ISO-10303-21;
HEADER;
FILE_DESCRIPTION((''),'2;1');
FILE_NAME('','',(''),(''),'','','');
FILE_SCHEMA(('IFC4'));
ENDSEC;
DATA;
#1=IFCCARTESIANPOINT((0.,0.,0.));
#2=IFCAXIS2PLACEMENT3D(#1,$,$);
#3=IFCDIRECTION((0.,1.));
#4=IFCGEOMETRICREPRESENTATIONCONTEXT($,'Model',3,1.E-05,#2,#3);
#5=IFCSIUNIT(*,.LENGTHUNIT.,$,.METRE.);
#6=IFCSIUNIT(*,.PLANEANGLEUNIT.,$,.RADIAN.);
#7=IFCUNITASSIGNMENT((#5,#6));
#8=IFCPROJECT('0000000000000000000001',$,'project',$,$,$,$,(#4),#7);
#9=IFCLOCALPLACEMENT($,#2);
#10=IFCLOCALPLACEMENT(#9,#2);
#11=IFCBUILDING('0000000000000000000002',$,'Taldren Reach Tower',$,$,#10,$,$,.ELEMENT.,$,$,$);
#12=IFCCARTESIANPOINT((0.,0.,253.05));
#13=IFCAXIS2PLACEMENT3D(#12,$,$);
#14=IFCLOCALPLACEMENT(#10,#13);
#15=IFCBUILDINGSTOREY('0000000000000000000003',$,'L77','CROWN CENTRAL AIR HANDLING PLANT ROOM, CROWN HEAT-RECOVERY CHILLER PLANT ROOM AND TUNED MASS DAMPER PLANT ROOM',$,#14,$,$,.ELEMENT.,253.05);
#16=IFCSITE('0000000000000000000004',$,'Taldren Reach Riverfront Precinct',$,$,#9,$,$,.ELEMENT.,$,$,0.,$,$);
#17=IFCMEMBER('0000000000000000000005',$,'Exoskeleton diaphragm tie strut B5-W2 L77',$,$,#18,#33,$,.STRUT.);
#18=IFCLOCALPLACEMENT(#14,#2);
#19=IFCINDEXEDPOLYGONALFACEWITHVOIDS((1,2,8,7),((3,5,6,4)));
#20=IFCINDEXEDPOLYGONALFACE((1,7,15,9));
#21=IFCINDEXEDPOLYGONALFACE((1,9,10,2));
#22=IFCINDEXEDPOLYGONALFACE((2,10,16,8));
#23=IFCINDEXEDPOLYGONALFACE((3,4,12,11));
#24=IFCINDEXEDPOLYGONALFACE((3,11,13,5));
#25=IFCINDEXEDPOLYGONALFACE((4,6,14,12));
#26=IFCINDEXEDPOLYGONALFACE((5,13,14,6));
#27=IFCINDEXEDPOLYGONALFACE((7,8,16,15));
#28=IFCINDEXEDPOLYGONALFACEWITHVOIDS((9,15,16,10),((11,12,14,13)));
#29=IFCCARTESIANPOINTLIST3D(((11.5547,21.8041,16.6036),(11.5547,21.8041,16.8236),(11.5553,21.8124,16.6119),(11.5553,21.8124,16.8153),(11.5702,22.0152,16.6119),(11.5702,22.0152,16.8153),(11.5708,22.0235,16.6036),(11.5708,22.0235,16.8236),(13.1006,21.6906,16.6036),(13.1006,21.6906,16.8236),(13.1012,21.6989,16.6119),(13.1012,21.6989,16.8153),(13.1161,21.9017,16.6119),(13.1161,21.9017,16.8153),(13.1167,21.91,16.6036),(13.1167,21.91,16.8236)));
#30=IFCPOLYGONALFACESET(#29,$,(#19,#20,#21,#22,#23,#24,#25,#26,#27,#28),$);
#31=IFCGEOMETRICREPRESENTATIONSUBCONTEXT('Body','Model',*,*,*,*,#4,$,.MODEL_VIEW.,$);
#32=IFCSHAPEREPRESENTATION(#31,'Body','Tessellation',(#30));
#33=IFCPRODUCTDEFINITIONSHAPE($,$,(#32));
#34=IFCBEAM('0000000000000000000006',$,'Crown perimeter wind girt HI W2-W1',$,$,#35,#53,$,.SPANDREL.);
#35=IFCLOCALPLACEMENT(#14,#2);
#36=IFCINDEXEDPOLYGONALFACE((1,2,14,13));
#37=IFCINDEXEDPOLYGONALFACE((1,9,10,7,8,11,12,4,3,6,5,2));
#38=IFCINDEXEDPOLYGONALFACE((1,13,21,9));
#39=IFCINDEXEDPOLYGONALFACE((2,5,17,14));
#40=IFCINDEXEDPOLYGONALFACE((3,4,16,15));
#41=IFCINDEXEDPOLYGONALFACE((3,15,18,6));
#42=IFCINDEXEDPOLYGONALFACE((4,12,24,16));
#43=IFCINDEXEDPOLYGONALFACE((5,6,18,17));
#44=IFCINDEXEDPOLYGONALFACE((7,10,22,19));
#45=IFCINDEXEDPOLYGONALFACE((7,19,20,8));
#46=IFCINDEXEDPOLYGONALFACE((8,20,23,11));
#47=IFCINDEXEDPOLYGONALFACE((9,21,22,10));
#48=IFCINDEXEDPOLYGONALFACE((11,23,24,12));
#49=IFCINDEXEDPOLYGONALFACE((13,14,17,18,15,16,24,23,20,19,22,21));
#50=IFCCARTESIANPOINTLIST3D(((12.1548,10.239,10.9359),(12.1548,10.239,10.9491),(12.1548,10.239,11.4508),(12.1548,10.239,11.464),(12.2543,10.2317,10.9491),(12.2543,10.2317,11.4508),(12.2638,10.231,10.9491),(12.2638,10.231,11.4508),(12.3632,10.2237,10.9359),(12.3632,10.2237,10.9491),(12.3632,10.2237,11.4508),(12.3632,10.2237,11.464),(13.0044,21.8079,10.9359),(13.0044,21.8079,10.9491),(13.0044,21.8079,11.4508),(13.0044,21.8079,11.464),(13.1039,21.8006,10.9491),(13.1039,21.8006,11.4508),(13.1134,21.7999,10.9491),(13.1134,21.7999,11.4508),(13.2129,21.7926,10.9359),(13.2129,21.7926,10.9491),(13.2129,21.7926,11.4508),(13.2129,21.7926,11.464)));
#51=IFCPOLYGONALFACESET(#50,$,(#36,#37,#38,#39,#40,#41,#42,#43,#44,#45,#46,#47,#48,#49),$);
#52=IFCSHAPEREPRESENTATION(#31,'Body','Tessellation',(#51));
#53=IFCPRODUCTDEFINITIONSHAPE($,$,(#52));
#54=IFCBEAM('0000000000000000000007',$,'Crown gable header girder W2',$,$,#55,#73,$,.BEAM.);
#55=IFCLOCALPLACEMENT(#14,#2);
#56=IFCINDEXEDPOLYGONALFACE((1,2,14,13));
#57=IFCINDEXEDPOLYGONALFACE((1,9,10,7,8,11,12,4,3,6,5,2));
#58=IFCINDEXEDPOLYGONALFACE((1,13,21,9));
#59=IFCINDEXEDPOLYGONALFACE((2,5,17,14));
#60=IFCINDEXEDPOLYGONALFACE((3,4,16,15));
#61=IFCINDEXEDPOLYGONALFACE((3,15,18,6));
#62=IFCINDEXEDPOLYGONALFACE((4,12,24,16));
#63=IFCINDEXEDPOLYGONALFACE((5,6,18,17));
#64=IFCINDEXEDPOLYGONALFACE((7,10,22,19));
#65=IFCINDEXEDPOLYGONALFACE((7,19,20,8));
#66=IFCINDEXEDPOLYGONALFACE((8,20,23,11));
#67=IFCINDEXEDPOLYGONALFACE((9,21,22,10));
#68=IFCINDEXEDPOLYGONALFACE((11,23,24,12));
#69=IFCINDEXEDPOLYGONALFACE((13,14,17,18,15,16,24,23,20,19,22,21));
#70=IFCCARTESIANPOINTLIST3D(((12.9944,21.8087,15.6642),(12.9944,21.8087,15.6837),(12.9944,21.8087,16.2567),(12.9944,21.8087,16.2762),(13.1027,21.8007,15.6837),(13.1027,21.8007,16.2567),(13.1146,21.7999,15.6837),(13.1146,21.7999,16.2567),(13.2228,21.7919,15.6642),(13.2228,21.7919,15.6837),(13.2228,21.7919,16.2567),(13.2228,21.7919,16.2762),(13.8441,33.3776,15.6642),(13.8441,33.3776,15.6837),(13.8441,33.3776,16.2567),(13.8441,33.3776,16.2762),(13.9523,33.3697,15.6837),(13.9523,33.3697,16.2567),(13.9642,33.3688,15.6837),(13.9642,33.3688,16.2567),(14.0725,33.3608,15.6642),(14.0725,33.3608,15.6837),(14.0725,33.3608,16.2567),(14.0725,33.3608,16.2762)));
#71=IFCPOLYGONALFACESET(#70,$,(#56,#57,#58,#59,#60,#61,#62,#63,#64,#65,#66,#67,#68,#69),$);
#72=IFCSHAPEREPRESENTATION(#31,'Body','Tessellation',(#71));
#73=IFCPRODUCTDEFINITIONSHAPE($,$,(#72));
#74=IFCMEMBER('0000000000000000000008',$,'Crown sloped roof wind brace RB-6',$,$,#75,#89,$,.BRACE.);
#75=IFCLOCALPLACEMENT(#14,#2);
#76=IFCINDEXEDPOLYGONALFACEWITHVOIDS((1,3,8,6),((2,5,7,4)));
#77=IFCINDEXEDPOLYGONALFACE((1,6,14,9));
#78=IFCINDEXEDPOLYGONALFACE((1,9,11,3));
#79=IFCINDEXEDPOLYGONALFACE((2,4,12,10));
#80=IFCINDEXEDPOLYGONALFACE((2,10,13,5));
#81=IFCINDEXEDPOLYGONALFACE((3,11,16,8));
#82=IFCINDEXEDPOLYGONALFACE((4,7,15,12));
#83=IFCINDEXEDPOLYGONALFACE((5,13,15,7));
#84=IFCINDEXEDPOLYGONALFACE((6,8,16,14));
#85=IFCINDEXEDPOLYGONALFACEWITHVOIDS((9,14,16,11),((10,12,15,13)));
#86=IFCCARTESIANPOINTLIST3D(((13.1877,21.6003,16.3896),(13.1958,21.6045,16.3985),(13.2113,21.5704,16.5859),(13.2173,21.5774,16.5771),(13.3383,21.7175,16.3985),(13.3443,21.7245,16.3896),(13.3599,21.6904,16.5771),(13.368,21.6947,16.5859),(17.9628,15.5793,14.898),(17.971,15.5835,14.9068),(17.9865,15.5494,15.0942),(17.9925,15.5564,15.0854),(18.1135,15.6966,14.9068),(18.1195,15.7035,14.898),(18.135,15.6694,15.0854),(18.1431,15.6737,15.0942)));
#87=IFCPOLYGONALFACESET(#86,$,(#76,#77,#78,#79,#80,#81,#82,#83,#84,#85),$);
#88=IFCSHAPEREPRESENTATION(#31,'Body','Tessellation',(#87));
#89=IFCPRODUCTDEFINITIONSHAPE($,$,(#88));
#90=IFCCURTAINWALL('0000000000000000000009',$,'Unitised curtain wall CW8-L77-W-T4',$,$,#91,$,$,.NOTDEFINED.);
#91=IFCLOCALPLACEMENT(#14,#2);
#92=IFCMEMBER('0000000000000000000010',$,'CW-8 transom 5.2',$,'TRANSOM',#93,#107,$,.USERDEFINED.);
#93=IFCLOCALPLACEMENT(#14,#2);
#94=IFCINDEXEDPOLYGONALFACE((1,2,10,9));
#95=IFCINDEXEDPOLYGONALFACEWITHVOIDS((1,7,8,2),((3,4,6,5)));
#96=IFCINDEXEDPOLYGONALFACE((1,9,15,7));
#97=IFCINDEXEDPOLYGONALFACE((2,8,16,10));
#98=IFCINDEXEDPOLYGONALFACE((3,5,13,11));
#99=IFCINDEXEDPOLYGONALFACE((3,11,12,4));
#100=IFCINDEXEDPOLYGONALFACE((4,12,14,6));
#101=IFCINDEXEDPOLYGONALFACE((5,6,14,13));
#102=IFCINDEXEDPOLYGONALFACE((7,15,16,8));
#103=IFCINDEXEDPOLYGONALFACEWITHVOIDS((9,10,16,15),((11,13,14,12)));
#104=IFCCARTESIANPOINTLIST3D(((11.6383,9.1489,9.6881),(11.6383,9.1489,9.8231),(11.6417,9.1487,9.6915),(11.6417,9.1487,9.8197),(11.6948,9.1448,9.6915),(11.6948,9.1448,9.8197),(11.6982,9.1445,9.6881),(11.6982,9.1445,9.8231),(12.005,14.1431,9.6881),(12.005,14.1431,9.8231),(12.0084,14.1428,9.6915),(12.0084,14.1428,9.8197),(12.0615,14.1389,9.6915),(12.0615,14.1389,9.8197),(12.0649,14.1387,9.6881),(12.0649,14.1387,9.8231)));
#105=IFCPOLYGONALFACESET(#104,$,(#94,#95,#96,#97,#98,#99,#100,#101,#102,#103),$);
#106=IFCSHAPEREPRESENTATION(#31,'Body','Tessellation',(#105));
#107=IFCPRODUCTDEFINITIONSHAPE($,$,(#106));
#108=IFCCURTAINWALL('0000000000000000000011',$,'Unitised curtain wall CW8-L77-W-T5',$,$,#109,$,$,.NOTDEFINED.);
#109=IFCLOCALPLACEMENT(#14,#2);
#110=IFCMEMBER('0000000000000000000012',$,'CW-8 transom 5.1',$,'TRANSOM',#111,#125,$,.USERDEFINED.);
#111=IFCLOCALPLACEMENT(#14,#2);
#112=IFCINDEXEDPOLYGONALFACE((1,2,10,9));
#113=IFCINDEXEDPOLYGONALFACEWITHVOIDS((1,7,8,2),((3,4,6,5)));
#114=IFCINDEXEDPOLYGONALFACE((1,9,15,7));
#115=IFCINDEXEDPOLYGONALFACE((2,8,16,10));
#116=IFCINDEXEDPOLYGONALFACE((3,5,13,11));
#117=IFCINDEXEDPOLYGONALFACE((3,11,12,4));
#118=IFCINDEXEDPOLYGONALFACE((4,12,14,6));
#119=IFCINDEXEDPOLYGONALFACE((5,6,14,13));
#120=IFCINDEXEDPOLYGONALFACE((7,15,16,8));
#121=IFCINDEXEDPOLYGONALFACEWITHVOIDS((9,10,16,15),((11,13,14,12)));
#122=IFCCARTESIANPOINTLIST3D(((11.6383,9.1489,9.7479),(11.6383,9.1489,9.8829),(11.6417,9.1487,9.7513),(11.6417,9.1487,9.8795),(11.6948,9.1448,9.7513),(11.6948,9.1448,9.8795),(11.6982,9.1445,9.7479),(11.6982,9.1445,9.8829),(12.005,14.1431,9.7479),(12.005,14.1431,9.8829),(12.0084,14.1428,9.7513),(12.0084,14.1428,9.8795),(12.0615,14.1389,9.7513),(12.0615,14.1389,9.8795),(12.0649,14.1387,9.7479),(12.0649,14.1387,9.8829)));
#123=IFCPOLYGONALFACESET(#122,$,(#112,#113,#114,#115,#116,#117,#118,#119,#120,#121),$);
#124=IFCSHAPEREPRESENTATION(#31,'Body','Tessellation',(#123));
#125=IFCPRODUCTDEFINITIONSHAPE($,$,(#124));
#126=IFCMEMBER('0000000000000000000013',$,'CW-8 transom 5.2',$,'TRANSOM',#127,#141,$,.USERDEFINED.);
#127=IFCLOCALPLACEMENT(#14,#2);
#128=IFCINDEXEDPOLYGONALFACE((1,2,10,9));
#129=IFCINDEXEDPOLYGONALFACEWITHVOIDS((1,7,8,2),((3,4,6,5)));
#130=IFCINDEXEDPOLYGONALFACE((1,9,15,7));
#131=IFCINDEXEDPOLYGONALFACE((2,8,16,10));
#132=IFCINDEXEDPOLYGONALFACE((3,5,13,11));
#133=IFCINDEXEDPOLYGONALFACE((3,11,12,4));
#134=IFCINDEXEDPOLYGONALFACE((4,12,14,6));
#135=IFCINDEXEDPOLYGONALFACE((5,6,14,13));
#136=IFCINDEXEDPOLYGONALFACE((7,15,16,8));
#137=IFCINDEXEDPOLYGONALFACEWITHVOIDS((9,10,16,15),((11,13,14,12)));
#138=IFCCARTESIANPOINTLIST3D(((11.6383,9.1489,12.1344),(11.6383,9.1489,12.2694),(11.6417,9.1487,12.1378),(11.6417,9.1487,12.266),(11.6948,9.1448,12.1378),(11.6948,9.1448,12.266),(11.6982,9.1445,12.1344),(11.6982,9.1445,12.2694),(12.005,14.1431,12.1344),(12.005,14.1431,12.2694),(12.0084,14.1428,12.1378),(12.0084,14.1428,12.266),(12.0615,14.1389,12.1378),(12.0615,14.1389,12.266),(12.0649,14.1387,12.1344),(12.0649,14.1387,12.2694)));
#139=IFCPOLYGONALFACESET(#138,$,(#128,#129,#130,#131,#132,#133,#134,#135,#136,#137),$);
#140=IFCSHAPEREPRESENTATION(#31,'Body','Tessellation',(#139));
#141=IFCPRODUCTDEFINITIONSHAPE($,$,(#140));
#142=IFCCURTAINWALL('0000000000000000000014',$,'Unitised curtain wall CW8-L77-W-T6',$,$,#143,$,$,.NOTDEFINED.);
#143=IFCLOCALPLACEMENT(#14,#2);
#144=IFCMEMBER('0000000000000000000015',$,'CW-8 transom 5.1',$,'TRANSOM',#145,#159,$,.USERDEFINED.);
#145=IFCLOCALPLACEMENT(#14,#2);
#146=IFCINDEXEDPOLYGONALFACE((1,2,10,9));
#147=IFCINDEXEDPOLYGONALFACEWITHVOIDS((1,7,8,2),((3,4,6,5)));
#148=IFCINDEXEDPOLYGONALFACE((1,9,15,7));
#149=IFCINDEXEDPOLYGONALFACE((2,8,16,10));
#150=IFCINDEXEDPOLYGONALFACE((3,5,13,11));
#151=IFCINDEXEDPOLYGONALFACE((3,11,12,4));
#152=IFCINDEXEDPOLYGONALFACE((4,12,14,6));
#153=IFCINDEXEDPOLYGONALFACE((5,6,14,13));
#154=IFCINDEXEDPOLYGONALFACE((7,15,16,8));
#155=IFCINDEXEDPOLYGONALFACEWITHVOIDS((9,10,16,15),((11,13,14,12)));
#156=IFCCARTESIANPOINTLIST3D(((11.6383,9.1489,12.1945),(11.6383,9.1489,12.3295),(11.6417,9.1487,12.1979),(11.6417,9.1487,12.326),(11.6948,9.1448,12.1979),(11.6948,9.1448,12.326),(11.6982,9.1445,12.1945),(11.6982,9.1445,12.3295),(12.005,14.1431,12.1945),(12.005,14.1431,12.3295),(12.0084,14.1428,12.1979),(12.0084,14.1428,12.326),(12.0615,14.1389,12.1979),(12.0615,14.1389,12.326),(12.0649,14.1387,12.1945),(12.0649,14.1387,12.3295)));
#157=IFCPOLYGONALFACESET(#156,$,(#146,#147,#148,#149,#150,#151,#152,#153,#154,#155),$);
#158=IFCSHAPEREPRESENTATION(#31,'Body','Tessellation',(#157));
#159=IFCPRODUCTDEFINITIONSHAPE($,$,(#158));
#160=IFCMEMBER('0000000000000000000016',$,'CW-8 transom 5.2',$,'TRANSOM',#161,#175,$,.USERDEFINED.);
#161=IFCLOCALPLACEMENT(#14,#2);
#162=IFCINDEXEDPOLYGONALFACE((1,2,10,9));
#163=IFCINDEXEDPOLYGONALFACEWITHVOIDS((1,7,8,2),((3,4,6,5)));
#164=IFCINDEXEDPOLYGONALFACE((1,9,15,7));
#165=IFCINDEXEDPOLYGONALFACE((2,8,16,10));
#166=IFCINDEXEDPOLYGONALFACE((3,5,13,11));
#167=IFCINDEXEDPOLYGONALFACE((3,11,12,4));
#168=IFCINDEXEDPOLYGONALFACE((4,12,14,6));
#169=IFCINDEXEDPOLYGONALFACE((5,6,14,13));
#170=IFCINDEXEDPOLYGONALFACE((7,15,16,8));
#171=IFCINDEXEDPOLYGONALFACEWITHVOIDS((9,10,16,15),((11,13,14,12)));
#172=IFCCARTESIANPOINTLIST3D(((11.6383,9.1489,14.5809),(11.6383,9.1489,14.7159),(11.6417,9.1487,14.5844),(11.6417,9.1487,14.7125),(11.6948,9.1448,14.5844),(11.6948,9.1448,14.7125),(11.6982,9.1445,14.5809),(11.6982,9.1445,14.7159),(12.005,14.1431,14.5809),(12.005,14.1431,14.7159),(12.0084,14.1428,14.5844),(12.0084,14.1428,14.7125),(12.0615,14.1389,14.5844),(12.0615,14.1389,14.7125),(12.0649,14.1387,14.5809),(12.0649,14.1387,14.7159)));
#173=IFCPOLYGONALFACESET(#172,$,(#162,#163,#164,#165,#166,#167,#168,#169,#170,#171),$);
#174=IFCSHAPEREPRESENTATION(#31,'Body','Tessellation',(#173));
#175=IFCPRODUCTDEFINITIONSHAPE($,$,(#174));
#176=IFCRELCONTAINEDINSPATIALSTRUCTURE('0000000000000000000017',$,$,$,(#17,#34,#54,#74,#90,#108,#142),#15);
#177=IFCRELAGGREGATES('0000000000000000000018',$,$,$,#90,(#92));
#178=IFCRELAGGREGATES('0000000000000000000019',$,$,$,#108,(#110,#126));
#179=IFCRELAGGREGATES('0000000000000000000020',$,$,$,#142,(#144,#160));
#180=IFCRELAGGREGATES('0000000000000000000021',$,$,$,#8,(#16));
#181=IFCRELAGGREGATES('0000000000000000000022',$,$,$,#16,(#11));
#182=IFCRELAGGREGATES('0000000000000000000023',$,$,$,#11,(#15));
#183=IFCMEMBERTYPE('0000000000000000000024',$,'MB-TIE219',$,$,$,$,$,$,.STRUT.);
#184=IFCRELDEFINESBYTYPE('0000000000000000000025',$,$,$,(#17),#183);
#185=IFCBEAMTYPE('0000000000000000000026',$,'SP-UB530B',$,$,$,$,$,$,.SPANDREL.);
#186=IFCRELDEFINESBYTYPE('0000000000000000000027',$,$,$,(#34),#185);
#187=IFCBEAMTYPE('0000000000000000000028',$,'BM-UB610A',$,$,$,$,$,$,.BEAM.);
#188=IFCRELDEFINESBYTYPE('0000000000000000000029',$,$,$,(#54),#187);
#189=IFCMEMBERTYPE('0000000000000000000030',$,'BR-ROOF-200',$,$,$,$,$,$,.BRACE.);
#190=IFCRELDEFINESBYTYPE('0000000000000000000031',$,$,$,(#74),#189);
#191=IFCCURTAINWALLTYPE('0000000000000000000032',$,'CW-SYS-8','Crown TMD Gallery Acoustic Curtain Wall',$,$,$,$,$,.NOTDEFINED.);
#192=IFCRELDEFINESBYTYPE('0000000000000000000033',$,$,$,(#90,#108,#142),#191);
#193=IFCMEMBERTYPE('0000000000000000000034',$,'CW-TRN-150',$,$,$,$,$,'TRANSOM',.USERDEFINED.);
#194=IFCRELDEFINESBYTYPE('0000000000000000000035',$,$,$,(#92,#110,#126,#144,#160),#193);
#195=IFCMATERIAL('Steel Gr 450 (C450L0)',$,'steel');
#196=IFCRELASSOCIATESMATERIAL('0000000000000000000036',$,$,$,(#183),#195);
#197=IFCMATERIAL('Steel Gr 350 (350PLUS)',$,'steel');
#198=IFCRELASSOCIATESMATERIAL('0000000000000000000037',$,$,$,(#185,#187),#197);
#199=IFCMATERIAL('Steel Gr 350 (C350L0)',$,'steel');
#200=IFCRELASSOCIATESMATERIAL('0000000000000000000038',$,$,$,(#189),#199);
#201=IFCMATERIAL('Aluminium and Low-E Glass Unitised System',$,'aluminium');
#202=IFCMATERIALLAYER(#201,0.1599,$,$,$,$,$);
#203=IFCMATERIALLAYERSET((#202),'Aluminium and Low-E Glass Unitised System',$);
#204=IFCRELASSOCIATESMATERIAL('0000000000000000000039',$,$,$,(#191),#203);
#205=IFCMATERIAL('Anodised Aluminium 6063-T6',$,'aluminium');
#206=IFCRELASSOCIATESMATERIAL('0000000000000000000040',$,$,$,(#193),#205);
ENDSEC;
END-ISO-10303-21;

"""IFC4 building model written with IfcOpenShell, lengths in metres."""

from ifc_helpers import new_model, si_unit, direction, frame, origin, origin_2d, place, context, subcontext, project, spatial, hollow_rectangle, i_section, extrude, source, transform, mapped, material, layer, layer_set, material_profile, profile_set, type_object, element, aggregate, save


model = new_model("IFC4")

# Units and contexts
model_context = context("Model", 3, precision=1e-05, world=origin(), true_north=direction((0.0, 1.0)))
body_context = subcontext(model_context, "Body", "Model", "MODEL_VIEW")
ifc_project = project(units=[si_unit("LENGTHUNIT", "METRE"), si_unit("PLANEANGLEUNIT", "RADIAN")], contexts=[model_context])

# Site, building, storey
site_placement = place(None, origin())
site = spatial("IfcSite", under=ifc_project, at=site_placement, Name="Taldren Reach Riverfront Precinct", CompositionType="ELEMENT", RefElevation=0.0)
building_placement = place(site_placement, origin())
building = spatial("IfcBuilding", under=site, at=building_placement, Name="Taldren Reach Tower", CompositionType="ELEMENT")
storey_placement = place(building_placement, frame((0.0, 0.0, 253.05)))
storey = spatial("IfcBuildingStorey", under=building, at=storey_placement, Name="L77", Description="CROWN CENTRAL AIR HANDLING PLANT ROOM, CROWN HEAT-RECOVERY CHILLER PLANT ROOM AND TUNED MASS DAMPER PLANT ROOM", CompositionType="ELEMENT", Elevation=253.05)

# Member
ifc_material_1 = material(Name="Steel Gr 450 (C450L0)", Category="steel")
ifc_material_profile_1 = material_profile(ifc_material_1, hollow_rectangle(XDim=0.22, YDim=0.22, WallThickness=0.0083, at=origin_2d()), Name="220x220x8.2SHS")
ifc_profile_set_1 = profile_set([ifc_material_profile_1], Name="Steel Gr 450 (C450L0)")
member_type_1 = type_object("IfcMemberType", Name="MB-TIE219", PredefinedType="STRUT", material=ifc_profile_set_1)
shared_shape_1 = source(origin(), body_context, "Body", "SweptSolid", [
    extrude(hollow_rectangle(XDim=0.22, YDim=0.22, WallThickness=0.0083, at=origin_2d()), origin(), (0.0, 0.0, 1.0), 1.55),
])
member_1_placement = place(storey_placement, frame((13.1086, 21.8003, 16.7136), z_axis=(-0.997314, 0.073239, 0.0), x_axis=(-0.073239, -0.997314, 0.0)))
element("IfcMember", 1, at=member_1_placement, inside=storey, type_object=member_type_1, Name="Exoskeleton diaphragm tie strut B5-W2 L77", PredefinedType="STRUT", context=body_context, shape_type="MappedRepresentation", body=[
    mapped(shared_shape_1, transform((0.0, 0.0, 0.0), scale=1.0)),
])

# Beams
ifc_material_2 = material(Name="Steel Gr 350 (350PLUS)", Category="steel")
ifc_material_profile_2 = material_profile(ifc_material_2, i_section(OverallWidth=0.209, OverallDepth=0.5281, WebThickness=0.0095, FlangeThickness=0.0132, at=origin_2d()), Name="530UB82.0")
ifc_profile_set_2 = profile_set([ifc_material_profile_2], Name="Steel Gr 350 (350PLUS)")
beam_type_1 = type_object("IfcBeamType", Name="SP-UB530B", PredefinedType="SPANDREL", material=ifc_profile_set_2)
shared_shape_2 = source(origin(), body_context, "Body", "SweptSolid", [
    extrude(i_section(OverallWidth=0.209, OverallDepth=0.5281, WebThickness=0.0095, FlangeThickness=0.0132, at=origin_2d()), origin(), (0.0, 0.0, 1.0), 11.6001),
])
beam_1_placement = place(storey_placement, frame((13.1086, 21.8003, 11.2), z_axis=(-0.073242, -0.997314, 0.0), x_axis=(0.997314, -0.073242, 0.0)))
element("IfcBeam", 2, at=beam_1_placement, inside=storey, type_object=beam_type_1, Name="Crown perimeter wind girt HI W2-W1", PredefinedType="SPANDREL", context=body_context, shape_type="MappedRepresentation", body=[
    mapped(shared_shape_2, transform((0.0, 0.0, 0.0), scale=1.0)),
])
ifc_material_profile_3 = material_profile(ifc_material_2, i_section(OverallWidth=0.229, OverallDepth=0.6121, WebThickness=0.012, FlangeThickness=0.0195, at=origin_2d()), Name="610UB125")
ifc_profile_set_3 = profile_set([ifc_material_profile_3], Name="Steel Gr 350 (350PLUS)")
beam_type_2 = type_object("IfcBeamType", Name="BM-UB610A", PredefinedType="BEAM", material=ifc_profile_set_3)
shared_shape_3 = source(origin(), body_context, "Body", "SweptSolid", [
    extrude(i_section(OverallWidth=0.229, OverallDepth=0.6121, WebThickness=0.012, FlangeThickness=0.0195, at=origin_2d()), origin(), (0.0, 0.0, 1.0), 11.6001),
])
beam_2_placement = place(storey_placement, frame((13.1086, 21.8003, 15.9702), z_axis=(0.073242, 0.997314, 0.0), x_axis=(-0.997314, 0.073242, 0.0)))
element("IfcBeam", 3, at=beam_2_placement, inside=storey, type_object=beam_type_2, Name="Crown gable header girder W2", PredefinedType="BEAM", context=body_context, shape_type="MappedRepresentation", body=[
    mapped(shared_shape_3, transform((0.0, 0.0, 0.0), scale=1.0)),
])

# Member
ifc_material_3 = material(Name="Steel Gr 350 (C350L0)", Category="steel")
ifc_material_profile_4 = material_profile(ifc_material_3, hollow_rectangle(XDim=0.2, YDim=0.2, WallThickness=0.009, at=origin_2d()), Name="200x200x9.0SHS")
ifc_profile_set_4 = profile_set([ifc_material_profile_4], Name="Steel Gr 350 (C350L0)")
member_type_2 = type_object("IfcMemberType", Name="BR-ROOF-200", PredefinedType="BRACE", material=ifc_profile_set_4)
shared_shape_4 = source(origin(), body_context, "Body", "SweptSolid", [
    extrude(hollow_rectangle(XDim=0.2, YDim=0.2, WallThickness=0.009, at=origin_2d()), origin(), (0.0, 0.0, 1.0), 7.8281),
])
member_2_placement = place(storey_placement, frame((13.2778, 21.6475, 16.4878), z_axis=(0.609999, -0.769149, -0.190556), x_axis=(0.783506, 0.621385, 0.0)))
element("IfcMember", 4, at=member_2_placement, inside=storey, type_object=member_type_2, Name="Crown sloped roof wind brace RB-6", PredefinedType="BRACE", context=body_context, shape_type="MappedRepresentation", body=[
    mapped(shared_shape_4, transform((0.0, 0.0, 0.0), scale=1.0)),
])

# Curtain wall, member
ifc_material_4 = material(Name="Aluminium and Low-E Glass Unitised System", Category="aluminium")
ifc_layer_1 = layer(ifc_material_4, 0.1599)
ifc_layer_set_1 = layer_set([ifc_layer_1], Name="Aluminium and Low-E Glass Unitised System")
curtain_wall_type = type_object("IfcCurtainWallType", Name="CW-SYS-8", Description="Crown TMD Gallery Acoustic Curtain Wall", PredefinedType="NOTDEFINED", material=ifc_layer_set_1)
curtain_wall_1_placement = place(storey_placement, origin())
curtain_wall_1 = element("IfcCurtainWall", 5, at=curtain_wall_1_placement, inside=storey, type_object=curtain_wall_type, Name="Unitised curtain wall CW8-L77-W-T4", PredefinedType="NOTDEFINED")
ifc_material_5 = material(Name="Anodised Aluminium 6063-T6", Category="aluminium")
ifc_material_profile_5 = material_profile(ifc_material_5, hollow_rectangle(XDim=0.0601, YDim=0.135, WallThickness=0.0034, at=origin_2d()), Name="ALU-135x60x3.5RHS")
ifc_profile_set_5 = profile_set([ifc_material_profile_5], Name="Anodised Aluminium 6063-T6")
member_type_3 = type_object("IfcMemberType", Name="CW-TRN-150", ElementType="TRANSOM", PredefinedType="USERDEFINED", material=ifc_profile_set_5)
shared_shape_5 = source(origin(), body_context, "Body", "SweptSolid", [
    extrude(hollow_rectangle(XDim=0.0601, YDim=0.135, WallThickness=0.0034, at=origin_2d()), origin(), (0.0, 0.0, 1.0), 5.0076),
])
member_3_placement = place(storey_placement, frame((12.0349, 14.1409, 9.7556), z_axis=(-0.073229, -0.997315, 0.0), x_axis=(0.997315, -0.073229, 0.0)))
member_3 = element("IfcMember", 6, at=member_3_placement, type_object=member_type_3, Name="CW-8 transom 5.2", ObjectType="TRANSOM", PredefinedType="USERDEFINED", context=body_context, shape_type="MappedRepresentation", body=[
    mapped(shared_shape_5, transform((0.0, 0.0, 0.0), scale=1.0)),
])

# Curtain walls, members
curtain_wall_2_placement = place(storey_placement, origin())
curtain_wall_2 = element("IfcCurtainWall", 7, at=curtain_wall_2_placement, inside=storey, type_object=curtain_wall_type, Name="Unitised curtain wall CW8-L77-W-T5", PredefinedType="NOTDEFINED")
member_4_placement = place(storey_placement, frame((12.0349, 14.1409, 9.8154), z_axis=(-0.073229, -0.997315, 0.0), x_axis=(0.997315, -0.073229, 0.0)))
member_4 = element("IfcMember", 8, at=member_4_placement, type_object=member_type_3, Name="CW-8 transom 5.1", ObjectType="TRANSOM", PredefinedType="USERDEFINED", context=body_context, shape_type="MappedRepresentation", body=[
    mapped(shared_shape_5, transform((0.0, 0.0, 0.0), scale=1.0)),
])
member_5_placement = place(storey_placement, frame((12.0349, 14.1409, 12.2019), z_axis=(-0.073229, -0.997315, 0.0), x_axis=(0.997315, -0.073229, 0.0)))
member_5 = element("IfcMember", 9, at=member_5_placement, type_object=member_type_3, Name="CW-8 transom 5.2", ObjectType="TRANSOM", PredefinedType="USERDEFINED", context=body_context, shape_type="MappedRepresentation", body=[
    mapped(shared_shape_5, transform((0.0, 0.0, 0.0), scale=1.0)),
])
curtain_wall_3_placement = place(storey_placement, origin())
curtain_wall_3 = element("IfcCurtainWall", 10, at=curtain_wall_3_placement, inside=storey, type_object=curtain_wall_type, Name="Unitised curtain wall CW8-L77-W-T6", PredefinedType="NOTDEFINED")
member_6_placement = place(storey_placement, frame((12.0349, 14.1409, 12.262), z_axis=(-0.073229, -0.997315, 0.0), x_axis=(0.997315, -0.073229, 0.0)))
member_6 = element("IfcMember", 11, at=member_6_placement, type_object=member_type_3, Name="CW-8 transom 5.1", ObjectType="TRANSOM", PredefinedType="USERDEFINED", context=body_context, shape_type="MappedRepresentation", body=[
    mapped(shared_shape_5, transform((0.0, 0.0, 0.0), scale=1.0)),
])
member_7_placement = place(storey_placement, frame((12.0349, 14.1409, 14.6484), z_axis=(-0.073229, -0.997315, 0.0), x_axis=(0.997315, -0.073229, 0.0)))
member_7 = element("IfcMember", 12, at=member_7_placement, type_object=member_type_3, Name="CW-8 transom 5.2", ObjectType="TRANSOM", PredefinedType="USERDEFINED", context=body_context, shape_type="MappedRepresentation", body=[
    mapped(shared_shape_5, transform((0.0, 0.0, 0.0), scale=1.0)),
])

aggregate(curtain_wall_1, [member_3])
aggregate(curtain_wall_2, [member_4, member_5])
aggregate(curtain_wall_3, [member_6, member_7])

save(model, "model.ifc")
